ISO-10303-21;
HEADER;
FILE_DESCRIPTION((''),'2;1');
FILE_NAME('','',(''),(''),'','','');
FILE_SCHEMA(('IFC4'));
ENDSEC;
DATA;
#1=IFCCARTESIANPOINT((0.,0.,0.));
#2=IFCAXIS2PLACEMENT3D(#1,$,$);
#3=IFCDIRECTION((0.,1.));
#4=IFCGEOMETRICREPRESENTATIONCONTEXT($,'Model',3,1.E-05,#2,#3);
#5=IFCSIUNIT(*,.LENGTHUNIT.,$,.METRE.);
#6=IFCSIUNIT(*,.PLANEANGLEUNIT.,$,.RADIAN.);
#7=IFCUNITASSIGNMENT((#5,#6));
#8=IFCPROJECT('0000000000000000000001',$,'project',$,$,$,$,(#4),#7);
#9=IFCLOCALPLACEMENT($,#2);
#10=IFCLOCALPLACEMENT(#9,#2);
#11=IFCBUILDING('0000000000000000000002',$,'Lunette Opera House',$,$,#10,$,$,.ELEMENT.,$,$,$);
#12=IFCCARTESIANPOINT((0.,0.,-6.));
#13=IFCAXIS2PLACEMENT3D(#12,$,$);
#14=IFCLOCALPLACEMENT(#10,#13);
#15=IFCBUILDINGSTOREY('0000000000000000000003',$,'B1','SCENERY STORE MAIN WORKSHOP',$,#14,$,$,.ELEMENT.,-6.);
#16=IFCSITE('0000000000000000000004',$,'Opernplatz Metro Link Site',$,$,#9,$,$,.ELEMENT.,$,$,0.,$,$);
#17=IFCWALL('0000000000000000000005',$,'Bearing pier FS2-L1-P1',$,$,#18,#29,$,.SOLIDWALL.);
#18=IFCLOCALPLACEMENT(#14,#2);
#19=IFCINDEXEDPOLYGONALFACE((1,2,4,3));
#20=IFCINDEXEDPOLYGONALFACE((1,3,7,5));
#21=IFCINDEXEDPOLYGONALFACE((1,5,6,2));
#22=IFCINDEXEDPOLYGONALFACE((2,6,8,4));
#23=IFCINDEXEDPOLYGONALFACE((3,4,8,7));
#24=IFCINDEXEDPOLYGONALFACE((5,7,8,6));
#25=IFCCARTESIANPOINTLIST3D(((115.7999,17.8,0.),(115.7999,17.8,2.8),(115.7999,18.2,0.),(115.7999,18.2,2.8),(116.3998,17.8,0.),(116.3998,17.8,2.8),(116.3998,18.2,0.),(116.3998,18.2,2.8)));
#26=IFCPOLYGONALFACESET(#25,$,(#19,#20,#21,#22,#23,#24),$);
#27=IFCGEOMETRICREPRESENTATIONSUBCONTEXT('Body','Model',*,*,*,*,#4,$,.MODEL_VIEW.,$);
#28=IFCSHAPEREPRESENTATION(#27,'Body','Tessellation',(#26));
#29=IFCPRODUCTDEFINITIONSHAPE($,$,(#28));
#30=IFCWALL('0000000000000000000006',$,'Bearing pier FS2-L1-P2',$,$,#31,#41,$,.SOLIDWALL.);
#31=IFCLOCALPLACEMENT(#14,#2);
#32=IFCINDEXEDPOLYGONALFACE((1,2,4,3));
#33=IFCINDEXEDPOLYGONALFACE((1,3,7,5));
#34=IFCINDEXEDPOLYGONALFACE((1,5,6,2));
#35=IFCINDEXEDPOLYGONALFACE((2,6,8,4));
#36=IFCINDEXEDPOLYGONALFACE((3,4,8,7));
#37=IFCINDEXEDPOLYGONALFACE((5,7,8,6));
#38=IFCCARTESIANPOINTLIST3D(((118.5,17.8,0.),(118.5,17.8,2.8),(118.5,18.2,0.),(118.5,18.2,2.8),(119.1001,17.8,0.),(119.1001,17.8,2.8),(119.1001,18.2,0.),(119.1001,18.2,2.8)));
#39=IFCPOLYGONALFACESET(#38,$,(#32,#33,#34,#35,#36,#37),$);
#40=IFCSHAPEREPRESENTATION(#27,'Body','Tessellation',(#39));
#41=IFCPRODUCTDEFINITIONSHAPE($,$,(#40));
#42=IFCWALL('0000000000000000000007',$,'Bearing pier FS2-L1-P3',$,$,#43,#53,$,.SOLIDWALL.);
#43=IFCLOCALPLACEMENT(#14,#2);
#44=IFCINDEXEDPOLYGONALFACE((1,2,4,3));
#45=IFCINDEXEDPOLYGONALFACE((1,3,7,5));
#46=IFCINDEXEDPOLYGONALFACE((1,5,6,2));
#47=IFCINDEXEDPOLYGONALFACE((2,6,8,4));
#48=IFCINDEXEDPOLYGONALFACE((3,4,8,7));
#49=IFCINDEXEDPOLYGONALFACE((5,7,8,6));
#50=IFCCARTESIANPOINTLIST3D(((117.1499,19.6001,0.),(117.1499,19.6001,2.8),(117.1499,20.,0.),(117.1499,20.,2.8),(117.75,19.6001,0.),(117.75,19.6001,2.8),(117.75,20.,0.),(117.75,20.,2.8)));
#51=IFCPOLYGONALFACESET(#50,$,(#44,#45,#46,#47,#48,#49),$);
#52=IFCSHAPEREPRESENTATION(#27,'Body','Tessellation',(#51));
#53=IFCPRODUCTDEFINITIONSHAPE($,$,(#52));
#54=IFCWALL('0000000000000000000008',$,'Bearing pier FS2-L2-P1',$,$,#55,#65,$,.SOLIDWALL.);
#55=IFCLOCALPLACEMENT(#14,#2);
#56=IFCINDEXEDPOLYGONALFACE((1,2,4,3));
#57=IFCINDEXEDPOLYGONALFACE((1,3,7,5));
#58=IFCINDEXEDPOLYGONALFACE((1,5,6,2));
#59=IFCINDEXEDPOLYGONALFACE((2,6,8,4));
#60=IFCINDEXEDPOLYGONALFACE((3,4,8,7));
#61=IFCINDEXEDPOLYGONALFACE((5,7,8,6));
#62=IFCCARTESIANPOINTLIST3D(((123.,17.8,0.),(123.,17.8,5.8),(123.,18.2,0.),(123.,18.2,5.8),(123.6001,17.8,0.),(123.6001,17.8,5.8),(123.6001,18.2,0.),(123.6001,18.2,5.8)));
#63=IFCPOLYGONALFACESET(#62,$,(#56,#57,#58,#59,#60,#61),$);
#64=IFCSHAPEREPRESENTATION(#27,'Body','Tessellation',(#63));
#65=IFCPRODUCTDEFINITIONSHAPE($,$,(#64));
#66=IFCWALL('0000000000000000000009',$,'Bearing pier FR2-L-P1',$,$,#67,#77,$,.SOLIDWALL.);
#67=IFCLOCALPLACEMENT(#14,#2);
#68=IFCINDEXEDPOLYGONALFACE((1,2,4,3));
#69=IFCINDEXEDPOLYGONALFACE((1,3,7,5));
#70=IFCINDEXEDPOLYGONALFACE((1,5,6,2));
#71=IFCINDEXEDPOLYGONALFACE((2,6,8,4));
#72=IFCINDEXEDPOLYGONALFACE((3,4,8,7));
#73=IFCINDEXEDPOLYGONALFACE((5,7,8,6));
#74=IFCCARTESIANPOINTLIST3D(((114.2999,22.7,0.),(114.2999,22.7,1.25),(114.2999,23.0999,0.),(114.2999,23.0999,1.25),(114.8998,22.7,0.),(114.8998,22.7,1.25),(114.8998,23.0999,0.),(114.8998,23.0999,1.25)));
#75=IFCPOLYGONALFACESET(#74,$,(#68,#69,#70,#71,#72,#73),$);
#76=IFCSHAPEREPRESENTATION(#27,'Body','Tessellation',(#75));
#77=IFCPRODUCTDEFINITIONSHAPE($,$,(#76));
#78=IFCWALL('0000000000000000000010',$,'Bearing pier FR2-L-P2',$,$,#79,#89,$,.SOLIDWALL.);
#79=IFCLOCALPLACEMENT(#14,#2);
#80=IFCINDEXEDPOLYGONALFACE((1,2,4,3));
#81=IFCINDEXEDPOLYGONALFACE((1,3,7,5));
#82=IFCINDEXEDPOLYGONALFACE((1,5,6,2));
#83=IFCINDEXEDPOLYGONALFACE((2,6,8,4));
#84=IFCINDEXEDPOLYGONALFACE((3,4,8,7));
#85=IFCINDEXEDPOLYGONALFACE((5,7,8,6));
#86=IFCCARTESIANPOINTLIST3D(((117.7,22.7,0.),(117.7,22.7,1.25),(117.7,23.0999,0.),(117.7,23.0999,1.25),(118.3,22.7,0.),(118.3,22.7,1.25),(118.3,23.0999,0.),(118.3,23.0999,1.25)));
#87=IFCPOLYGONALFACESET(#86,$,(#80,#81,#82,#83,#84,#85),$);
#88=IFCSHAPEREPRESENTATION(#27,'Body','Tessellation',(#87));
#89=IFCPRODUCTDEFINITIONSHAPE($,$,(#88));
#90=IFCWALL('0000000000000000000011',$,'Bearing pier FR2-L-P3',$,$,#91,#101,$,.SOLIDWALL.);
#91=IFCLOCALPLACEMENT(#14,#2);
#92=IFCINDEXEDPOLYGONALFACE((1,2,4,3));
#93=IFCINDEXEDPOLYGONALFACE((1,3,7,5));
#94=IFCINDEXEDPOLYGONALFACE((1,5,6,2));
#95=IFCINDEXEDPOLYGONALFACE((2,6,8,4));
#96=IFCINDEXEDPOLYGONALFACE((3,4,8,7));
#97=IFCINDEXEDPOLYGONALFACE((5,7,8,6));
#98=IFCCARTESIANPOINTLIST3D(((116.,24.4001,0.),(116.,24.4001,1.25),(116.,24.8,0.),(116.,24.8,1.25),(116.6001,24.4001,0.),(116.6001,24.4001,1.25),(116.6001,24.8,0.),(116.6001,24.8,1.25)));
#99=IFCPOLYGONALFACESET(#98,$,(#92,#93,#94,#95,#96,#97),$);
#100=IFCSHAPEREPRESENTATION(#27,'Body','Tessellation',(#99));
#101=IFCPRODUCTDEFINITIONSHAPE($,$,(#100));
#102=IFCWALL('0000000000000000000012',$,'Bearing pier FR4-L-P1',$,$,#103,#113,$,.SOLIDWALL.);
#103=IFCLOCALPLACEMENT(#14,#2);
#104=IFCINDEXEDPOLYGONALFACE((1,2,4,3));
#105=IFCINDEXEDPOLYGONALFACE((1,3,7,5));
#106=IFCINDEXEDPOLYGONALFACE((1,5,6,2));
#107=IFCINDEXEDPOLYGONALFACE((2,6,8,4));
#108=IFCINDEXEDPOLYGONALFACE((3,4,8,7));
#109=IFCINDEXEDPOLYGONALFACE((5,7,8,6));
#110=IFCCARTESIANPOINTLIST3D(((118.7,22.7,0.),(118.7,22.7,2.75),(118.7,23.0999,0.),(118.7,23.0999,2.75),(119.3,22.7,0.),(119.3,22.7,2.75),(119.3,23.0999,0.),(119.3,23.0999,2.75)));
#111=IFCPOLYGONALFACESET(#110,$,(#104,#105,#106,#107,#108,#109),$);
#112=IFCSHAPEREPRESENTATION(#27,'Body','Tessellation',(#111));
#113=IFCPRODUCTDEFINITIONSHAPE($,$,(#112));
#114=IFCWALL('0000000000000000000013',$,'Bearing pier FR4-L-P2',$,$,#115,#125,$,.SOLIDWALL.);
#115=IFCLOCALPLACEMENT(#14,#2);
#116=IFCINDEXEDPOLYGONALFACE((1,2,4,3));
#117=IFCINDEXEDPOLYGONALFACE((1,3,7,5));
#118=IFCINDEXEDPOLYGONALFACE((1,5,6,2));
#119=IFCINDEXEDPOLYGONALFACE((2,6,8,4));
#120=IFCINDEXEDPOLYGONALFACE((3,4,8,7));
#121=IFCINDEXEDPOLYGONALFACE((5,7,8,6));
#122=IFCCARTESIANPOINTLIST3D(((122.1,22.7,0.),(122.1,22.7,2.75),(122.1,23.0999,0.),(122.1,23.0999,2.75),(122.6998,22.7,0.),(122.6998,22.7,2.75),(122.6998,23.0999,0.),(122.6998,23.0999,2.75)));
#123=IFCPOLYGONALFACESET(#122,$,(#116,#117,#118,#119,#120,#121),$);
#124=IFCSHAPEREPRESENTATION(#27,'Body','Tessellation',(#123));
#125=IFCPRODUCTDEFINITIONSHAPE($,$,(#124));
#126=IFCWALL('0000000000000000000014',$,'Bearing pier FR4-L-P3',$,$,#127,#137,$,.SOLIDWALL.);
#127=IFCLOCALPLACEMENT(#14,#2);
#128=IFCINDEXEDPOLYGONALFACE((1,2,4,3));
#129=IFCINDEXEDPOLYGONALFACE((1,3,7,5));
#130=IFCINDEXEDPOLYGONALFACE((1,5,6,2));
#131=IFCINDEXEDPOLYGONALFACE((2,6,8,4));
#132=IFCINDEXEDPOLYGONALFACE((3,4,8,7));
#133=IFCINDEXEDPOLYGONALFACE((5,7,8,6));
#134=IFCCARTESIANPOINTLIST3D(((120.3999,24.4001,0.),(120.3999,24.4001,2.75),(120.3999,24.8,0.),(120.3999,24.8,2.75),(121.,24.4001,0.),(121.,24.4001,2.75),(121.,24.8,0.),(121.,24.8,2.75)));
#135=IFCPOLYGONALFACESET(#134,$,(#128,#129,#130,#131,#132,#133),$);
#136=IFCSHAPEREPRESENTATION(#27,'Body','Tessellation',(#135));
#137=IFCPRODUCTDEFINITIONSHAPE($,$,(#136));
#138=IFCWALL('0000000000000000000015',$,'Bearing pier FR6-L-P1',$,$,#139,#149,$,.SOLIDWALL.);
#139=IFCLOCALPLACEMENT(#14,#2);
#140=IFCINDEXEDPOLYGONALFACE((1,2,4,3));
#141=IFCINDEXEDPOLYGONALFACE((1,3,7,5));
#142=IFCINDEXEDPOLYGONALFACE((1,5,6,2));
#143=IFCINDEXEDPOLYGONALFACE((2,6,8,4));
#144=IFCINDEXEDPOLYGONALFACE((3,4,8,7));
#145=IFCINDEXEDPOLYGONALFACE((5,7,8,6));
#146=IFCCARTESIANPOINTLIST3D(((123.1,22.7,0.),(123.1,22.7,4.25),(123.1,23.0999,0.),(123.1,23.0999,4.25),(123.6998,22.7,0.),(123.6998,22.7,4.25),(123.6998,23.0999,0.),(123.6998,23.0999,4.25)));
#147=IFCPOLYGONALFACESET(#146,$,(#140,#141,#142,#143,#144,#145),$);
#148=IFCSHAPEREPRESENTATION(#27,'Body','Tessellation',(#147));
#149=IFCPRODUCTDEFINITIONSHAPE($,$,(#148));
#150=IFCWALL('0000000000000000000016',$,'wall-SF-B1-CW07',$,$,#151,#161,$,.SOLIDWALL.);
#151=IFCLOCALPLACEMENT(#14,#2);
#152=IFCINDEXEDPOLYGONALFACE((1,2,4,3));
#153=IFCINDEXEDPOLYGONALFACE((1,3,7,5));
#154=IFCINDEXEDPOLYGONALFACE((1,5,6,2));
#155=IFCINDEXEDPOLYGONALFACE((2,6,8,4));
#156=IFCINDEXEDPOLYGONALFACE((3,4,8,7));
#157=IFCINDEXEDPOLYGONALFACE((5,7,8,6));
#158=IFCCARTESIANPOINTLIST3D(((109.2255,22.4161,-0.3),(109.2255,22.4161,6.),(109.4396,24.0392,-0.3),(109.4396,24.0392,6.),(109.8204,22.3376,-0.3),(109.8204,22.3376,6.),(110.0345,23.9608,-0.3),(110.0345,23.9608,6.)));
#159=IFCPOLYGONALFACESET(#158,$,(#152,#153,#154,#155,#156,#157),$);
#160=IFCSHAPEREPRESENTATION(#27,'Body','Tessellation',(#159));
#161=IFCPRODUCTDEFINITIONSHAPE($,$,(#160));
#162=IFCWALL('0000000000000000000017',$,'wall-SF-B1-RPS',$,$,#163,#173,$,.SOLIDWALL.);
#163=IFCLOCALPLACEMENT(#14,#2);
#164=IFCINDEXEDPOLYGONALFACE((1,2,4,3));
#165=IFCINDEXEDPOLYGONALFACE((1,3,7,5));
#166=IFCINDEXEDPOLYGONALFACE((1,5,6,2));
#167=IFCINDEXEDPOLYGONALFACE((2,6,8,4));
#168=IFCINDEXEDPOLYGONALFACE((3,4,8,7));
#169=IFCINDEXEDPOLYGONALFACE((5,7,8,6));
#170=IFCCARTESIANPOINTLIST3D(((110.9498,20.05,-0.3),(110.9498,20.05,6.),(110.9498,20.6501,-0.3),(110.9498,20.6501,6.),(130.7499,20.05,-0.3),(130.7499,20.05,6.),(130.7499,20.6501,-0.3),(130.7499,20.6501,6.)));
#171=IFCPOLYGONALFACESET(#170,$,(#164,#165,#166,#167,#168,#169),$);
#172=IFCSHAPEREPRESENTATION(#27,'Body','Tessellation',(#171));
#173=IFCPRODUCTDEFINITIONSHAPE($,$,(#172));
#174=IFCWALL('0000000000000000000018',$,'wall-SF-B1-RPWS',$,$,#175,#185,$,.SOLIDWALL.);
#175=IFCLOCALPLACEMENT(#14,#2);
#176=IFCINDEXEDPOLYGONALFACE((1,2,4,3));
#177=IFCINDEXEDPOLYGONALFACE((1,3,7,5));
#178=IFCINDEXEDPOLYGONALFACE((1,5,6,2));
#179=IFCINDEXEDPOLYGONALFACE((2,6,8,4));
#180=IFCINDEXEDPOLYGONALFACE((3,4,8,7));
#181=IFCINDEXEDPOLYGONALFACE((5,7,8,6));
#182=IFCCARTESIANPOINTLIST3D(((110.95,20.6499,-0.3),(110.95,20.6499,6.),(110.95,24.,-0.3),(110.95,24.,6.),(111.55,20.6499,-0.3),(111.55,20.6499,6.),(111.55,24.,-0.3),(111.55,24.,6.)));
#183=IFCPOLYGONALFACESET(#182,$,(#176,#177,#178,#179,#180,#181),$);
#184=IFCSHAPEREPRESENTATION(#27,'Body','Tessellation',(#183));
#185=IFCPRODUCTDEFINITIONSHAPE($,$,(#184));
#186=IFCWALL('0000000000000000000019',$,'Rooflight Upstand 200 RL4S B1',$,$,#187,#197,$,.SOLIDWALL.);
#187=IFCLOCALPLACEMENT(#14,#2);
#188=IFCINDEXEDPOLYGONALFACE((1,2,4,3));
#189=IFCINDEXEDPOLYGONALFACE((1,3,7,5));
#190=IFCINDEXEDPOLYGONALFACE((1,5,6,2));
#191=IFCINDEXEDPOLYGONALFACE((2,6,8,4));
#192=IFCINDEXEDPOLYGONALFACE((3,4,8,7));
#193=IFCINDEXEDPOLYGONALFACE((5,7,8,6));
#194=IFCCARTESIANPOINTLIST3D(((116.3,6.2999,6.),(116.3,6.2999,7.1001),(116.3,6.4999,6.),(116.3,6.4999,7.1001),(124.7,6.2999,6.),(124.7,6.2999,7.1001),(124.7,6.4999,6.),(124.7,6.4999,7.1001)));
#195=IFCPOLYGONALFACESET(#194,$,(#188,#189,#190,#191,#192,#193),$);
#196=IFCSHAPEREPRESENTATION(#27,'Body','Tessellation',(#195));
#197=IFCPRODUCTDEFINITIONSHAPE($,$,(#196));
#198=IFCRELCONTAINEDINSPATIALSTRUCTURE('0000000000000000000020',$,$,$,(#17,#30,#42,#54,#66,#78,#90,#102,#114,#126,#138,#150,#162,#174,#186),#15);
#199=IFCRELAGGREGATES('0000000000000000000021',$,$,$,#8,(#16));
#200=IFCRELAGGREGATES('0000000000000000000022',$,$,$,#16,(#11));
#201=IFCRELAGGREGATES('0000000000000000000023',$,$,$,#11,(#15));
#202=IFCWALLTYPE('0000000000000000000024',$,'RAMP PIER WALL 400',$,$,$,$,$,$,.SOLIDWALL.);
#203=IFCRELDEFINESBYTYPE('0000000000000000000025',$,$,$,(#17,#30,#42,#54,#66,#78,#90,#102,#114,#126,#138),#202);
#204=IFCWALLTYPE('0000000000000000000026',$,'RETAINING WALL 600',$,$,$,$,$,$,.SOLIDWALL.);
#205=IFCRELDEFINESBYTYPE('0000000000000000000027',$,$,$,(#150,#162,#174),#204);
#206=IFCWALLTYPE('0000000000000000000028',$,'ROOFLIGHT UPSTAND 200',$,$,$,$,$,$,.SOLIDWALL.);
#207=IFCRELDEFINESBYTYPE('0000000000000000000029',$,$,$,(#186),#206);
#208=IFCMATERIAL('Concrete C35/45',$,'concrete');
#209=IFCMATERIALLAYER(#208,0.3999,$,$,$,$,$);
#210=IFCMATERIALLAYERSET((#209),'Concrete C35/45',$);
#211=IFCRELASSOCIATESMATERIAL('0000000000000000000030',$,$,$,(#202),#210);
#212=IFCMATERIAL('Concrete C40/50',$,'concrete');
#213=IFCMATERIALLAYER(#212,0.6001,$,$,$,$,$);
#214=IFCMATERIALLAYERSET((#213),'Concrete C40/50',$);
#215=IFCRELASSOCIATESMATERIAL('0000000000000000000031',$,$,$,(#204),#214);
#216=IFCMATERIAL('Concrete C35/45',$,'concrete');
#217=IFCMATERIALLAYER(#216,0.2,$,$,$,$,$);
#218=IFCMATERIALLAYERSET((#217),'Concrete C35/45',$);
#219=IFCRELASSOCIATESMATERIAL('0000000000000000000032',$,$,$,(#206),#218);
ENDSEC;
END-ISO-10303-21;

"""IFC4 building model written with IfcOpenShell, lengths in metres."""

from ifc_helpers import new_model, si_unit, direction, frame, frame_2d, origin, place, context, subcontext, project, spatial, rectangle, extrude, material, layer, layer_set, type_object, element, save


model = new_model("IFC4")

# Units and contexts
model_context = context("Model", 3, precision=1e-05, world=origin(), true_north=direction((0.0, 1.0)))
body_context = subcontext(model_context, "Body", "Model", "MODEL_VIEW")
ifc_project = project(units=[si_unit("LENGTHUNIT", "METRE"), si_unit("PLANEANGLEUNIT", "RADIAN")], contexts=[model_context])

# Site, building, storey
site_placement = place(None, origin())
site = spatial("IfcSite", under=ifc_project, at=site_placement, Name="Opernplatz Metro Link Site", CompositionType="ELEMENT", RefElevation=0.0)
building_placement = place(site_placement, origin())
building = spatial("IfcBuilding", under=site, at=building_placement, Name="Lunette Opera House", CompositionType="ELEMENT")
storey_placement = place(building_placement, frame((0.0, 0.0, -6.0)))
storey = spatial("IfcBuildingStorey", under=building, at=storey_placement, Name="B1", Description="SCENERY STORE MAIN WORKSHOP", CompositionType="ELEMENT", Elevation=-6.0)

# Walls
ifc_material_1 = material(Name="Concrete C35/45", Category="concrete")
ifc_layer_1 = layer(ifc_material_1, 0.3999)
ifc_layer_set_1 = layer_set([ifc_layer_1], Name="Concrete C35/45")
wall_type_1 = type_object("IfcWallType", Name="RAMP PIER WALL 400", PredefinedType="SOLIDWALL", material=ifc_layer_set_1)
wall_1_placement = place(storey_placement, frame((115.8, 18.0, 0.0), z_axis=(0.0, 0.0, 1.0), x_axis=(1.0, 0.0, 0.0)))
element("IfcWall", 1, at=wall_1_placement, inside=storey, type_object=wall_type_1, Name="Bearing pier FS2-L1-P1", PredefinedType="SOLIDWALL", context=body_context, shape_type="SweptSolid", body=[
    extrude(rectangle(XDim=0.5999, YDim=0.3999, at=frame_2d((0.2998, 0.0))), origin(), (0.0, 0.0, 1.0), 2.8),
])
for number, where, z_axis, x_axis, name in (
    (2, (118.5, 18.0, 0.0), (0.0, 0.0, 1.0), (1.0, 0.0, 0.0), "Bearing pier FS2-L1-P2"),
    (3, (117.1499, 19.8, 0.0), (0.0, 0.0, 1.0), (1.0, 0.0, 0.0), "Bearing pier FS2-L1-P3"),
):
    element("IfcWall", number, at=place(storey_placement, frame(where, z_axis=z_axis, x_axis=x_axis)), inside=storey, type_object=wall_type_1, Name=name, PredefinedType="SOLIDWALL", context=body_context, shape_type="SweptSolid", body=[
        extrude(rectangle(XDim=0.6001, YDim=0.3999, at=frame_2d((0.3, 0.0))), origin(), (0.0, 0.0, 1.0), 2.8),
    ])
wall_2_placement = place(storey_placement, frame((123.0, 18.0, 0.0), z_axis=(0.0, 0.0, 1.0), x_axis=(1.0, 0.0, 0.0)))
element("IfcWall", 4, at=wall_2_placement, inside=storey, type_object=wall_type_1, Name="Bearing pier FS2-L2-P1", PredefinedType="SOLIDWALL", context=body_context, shape_type="SweptSolid", body=[
    extrude(rectangle(XDim=0.6001, YDim=0.3999, at=frame_2d((0.3, 0.0))), origin(), (0.0, 0.0, 1.0), 5.8),
])
wall_3_placement = place(storey_placement, frame((114.3, 22.8999, 0.0), z_axis=(0.0, 0.0, 1.0), x_axis=(1.0, 0.0, 0.0)))
element("IfcWall", 5, at=wall_3_placement, inside=storey, type_object=wall_type_1, Name="Bearing pier FR2-L-P1", PredefinedType="SOLIDWALL", context=body_context, shape_type="SweptSolid", body=[
    extrude(rectangle(XDim=0.5999, YDim=0.3999, at=frame_2d((0.2998, 0.0))), origin(), (0.0, 0.0, 1.0), 1.25),
])
for number, where, z_axis, x_axis, name in (
    (6, (117.7, 22.8999, 0.0), (0.0, 0.0, 1.0), (1.0, 0.0, 0.0), "Bearing pier FR2-L-P2"),
    (7, (116.0, 24.6001, 0.0), (0.0, 0.0, 1.0), (1.0, 0.0, 0.0), "Bearing pier FR2-L-P3"),
):
    element("IfcWall", number, at=place(storey_placement, frame(where, z_axis=z_axis, x_axis=x_axis)), inside=storey, type_object=wall_type_1, Name=name, PredefinedType="SOLIDWALL", context=body_context, shape_type="SweptSolid", body=[
        extrude(rectangle(XDim=0.6001, YDim=0.3999, at=frame_2d((0.3, 0.0))), origin(), (0.0, 0.0, 1.0), 1.25),
    ])
wall_4_placement = place(storey_placement, frame((118.7, 22.8999, 0.0), z_axis=(0.0, 0.0, 1.0), x_axis=(1.0, 0.0, 0.0)))
element("IfcWall", 8, at=wall_4_placement, inside=storey, type_object=wall_type_1, Name="Bearing pier FR4-L-P1", PredefinedType="SOLIDWALL", context=body_context, shape_type="SweptSolid", body=[
    extrude(rectangle(XDim=0.6001, YDim=0.3999, at=frame_2d((0.3, 0.0))), origin(), (0.0, 0.0, 1.0), 2.75),
])
wall_5_placement = place(storey_placement, frame((122.1001, 22.8999, 0.0), z_axis=(0.0, 0.0, 1.0), x_axis=(1.0, 0.0, 0.0)))
element("IfcWall", 9, at=wall_5_placement, inside=storey, type_object=wall_type_1, Name="Bearing pier FR4-L-P2", PredefinedType="SOLIDWALL", context=body_context, shape_type="SweptSolid", body=[
    extrude(rectangle(XDim=0.5999, YDim=0.3999, at=frame_2d((0.2998, 0.0))), origin(), (0.0, 0.0, 1.0), 2.75),
])
wall_6_placement = place(storey_placement, frame((120.3999, 24.6001, 0.0), z_axis=(0.0, 0.0, 1.0), x_axis=(1.0, 0.0, 0.0)))
element("IfcWall", 10, at=wall_6_placement, inside=storey, type_object=wall_type_1, Name="Bearing pier FR4-L-P3", PredefinedType="SOLIDWALL", context=body_context, shape_type="SweptSolid", body=[
    extrude(rectangle(XDim=0.6001, YDim=0.3999, at=frame_2d((0.3, 0.0))), origin(), (0.0, 0.0, 1.0), 2.75),
])
wall_7_placement = place(storey_placement, frame((123.1001, 22.8999, 0.0), z_axis=(0.0, 0.0, 1.0), x_axis=(1.0, 0.0, 0.0)))
element("IfcWall", 11, at=wall_7_placement, inside=storey, type_object=wall_type_1, Name="Bearing pier FR6-L-P1", PredefinedType="SOLIDWALL", context=body_context, shape_type="SweptSolid", body=[
    extrude(rectangle(XDim=0.5999, YDim=0.3999, at=frame_2d((0.2998, 0.0))), origin(), (0.0, 0.0, 1.0), 4.25),
])
ifc_material_2 = material(Name="Concrete C40/50", Category="concrete")
ifc_layer_2 = layer(ifc_material_2, 0.6001)
ifc_layer_set_2 = layer_set([ifc_layer_2], Name="Concrete C40/50")
wall_type_2 = type_object("IfcWallType", Name="RETAINING WALL 600", PredefinedType="SOLIDWALL", material=ifc_layer_set_2)
wall_8_placement = place(storey_placement, frame((109.7371, 24.0, -0.3), z_axis=(0.0, 0.0, 1.0), x_axis=(-0.130786, -0.991411, 0.0)))
element("IfcWall", 12, at=wall_8_placement, inside=storey, type_object=wall_type_2, Name="wall-SF-B1-CW07", PredefinedType="SOLIDWALL", context=body_context, shape_type="SweptSolid", body=[
    extrude(rectangle(XDim=1.6372, YDim=0.6001, at=frame_2d((0.8186, 0.0))), origin(), (0.0, 0.0, 1.0), 6.3),
])
wall_9_placement = place(storey_placement, frame((110.95, 20.3501, -0.3), z_axis=(0.0, 0.0, 1.0), x_axis=(1.0, 0.0, 0.0)))
element("IfcWall", 13, at=wall_9_placement, inside=storey, type_object=wall_type_2, Name="wall-SF-B1-RPS", PredefinedType="SOLIDWALL", context=body_context, shape_type="SweptSolid", body=[
    extrude(rectangle(XDim=19.8, YDim=0.6001, at=frame_2d((9.8999, 0.0))), origin(), (0.0, 0.0, 1.0), 6.3),
])
wall_10_placement = place(storey_placement, frame((111.25, 20.6499, -0.3), z_axis=(0.0, 0.0, 1.0), x_axis=(0.0, 1.0, 0.0)))
element("IfcWall", 14, at=wall_10_placement, inside=storey, type_object=wall_type_2, Name="wall-SF-B1-RPWS", PredefinedType="SOLIDWALL", context=body_context, shape_type="SweptSolid", body=[
    extrude(rectangle(XDim=3.3501, YDim=0.6001, at=frame_2d((1.675, 0.0))), origin(), (0.0, 0.0, 1.0), 6.3),
])
ifc_material_3 = material(Name="Concrete C35/45", Category="concrete")
ifc_layer_3 = layer(ifc_material_3, 0.2)
ifc_layer_set_3 = layer_set([ifc_layer_3], Name="Concrete C35/45")
wall_type_3 = type_object("IfcWallType", Name="ROOFLIGHT UPSTAND 200", PredefinedType="SOLIDWALL", material=ifc_layer_set_3)
for number, where, z_axis, x_axis, name in (
    (15, (116.3, 6.3999, 6.0), (0.0, 0.0, 1.0), (1.0, 0.0, 0.0), "Rooflight Upstand 200 RL4S B1"),
):
    element("IfcWall", number, at=place(storey_placement, frame(where, z_axis=z_axis, x_axis=x_axis)), inside=storey, type_object=wall_type_3, Name=name, PredefinedType="SOLIDWALL", context=body_context, shape_type="SweptSolid", body=[
        extrude(rectangle(XDim=8.3999, YDim=0.2, at=frame_2d((4.2, 0.0))), origin(), (0.0, 0.0, 1.0), 1.1001),
    ])

save(model, "model.ifc")
